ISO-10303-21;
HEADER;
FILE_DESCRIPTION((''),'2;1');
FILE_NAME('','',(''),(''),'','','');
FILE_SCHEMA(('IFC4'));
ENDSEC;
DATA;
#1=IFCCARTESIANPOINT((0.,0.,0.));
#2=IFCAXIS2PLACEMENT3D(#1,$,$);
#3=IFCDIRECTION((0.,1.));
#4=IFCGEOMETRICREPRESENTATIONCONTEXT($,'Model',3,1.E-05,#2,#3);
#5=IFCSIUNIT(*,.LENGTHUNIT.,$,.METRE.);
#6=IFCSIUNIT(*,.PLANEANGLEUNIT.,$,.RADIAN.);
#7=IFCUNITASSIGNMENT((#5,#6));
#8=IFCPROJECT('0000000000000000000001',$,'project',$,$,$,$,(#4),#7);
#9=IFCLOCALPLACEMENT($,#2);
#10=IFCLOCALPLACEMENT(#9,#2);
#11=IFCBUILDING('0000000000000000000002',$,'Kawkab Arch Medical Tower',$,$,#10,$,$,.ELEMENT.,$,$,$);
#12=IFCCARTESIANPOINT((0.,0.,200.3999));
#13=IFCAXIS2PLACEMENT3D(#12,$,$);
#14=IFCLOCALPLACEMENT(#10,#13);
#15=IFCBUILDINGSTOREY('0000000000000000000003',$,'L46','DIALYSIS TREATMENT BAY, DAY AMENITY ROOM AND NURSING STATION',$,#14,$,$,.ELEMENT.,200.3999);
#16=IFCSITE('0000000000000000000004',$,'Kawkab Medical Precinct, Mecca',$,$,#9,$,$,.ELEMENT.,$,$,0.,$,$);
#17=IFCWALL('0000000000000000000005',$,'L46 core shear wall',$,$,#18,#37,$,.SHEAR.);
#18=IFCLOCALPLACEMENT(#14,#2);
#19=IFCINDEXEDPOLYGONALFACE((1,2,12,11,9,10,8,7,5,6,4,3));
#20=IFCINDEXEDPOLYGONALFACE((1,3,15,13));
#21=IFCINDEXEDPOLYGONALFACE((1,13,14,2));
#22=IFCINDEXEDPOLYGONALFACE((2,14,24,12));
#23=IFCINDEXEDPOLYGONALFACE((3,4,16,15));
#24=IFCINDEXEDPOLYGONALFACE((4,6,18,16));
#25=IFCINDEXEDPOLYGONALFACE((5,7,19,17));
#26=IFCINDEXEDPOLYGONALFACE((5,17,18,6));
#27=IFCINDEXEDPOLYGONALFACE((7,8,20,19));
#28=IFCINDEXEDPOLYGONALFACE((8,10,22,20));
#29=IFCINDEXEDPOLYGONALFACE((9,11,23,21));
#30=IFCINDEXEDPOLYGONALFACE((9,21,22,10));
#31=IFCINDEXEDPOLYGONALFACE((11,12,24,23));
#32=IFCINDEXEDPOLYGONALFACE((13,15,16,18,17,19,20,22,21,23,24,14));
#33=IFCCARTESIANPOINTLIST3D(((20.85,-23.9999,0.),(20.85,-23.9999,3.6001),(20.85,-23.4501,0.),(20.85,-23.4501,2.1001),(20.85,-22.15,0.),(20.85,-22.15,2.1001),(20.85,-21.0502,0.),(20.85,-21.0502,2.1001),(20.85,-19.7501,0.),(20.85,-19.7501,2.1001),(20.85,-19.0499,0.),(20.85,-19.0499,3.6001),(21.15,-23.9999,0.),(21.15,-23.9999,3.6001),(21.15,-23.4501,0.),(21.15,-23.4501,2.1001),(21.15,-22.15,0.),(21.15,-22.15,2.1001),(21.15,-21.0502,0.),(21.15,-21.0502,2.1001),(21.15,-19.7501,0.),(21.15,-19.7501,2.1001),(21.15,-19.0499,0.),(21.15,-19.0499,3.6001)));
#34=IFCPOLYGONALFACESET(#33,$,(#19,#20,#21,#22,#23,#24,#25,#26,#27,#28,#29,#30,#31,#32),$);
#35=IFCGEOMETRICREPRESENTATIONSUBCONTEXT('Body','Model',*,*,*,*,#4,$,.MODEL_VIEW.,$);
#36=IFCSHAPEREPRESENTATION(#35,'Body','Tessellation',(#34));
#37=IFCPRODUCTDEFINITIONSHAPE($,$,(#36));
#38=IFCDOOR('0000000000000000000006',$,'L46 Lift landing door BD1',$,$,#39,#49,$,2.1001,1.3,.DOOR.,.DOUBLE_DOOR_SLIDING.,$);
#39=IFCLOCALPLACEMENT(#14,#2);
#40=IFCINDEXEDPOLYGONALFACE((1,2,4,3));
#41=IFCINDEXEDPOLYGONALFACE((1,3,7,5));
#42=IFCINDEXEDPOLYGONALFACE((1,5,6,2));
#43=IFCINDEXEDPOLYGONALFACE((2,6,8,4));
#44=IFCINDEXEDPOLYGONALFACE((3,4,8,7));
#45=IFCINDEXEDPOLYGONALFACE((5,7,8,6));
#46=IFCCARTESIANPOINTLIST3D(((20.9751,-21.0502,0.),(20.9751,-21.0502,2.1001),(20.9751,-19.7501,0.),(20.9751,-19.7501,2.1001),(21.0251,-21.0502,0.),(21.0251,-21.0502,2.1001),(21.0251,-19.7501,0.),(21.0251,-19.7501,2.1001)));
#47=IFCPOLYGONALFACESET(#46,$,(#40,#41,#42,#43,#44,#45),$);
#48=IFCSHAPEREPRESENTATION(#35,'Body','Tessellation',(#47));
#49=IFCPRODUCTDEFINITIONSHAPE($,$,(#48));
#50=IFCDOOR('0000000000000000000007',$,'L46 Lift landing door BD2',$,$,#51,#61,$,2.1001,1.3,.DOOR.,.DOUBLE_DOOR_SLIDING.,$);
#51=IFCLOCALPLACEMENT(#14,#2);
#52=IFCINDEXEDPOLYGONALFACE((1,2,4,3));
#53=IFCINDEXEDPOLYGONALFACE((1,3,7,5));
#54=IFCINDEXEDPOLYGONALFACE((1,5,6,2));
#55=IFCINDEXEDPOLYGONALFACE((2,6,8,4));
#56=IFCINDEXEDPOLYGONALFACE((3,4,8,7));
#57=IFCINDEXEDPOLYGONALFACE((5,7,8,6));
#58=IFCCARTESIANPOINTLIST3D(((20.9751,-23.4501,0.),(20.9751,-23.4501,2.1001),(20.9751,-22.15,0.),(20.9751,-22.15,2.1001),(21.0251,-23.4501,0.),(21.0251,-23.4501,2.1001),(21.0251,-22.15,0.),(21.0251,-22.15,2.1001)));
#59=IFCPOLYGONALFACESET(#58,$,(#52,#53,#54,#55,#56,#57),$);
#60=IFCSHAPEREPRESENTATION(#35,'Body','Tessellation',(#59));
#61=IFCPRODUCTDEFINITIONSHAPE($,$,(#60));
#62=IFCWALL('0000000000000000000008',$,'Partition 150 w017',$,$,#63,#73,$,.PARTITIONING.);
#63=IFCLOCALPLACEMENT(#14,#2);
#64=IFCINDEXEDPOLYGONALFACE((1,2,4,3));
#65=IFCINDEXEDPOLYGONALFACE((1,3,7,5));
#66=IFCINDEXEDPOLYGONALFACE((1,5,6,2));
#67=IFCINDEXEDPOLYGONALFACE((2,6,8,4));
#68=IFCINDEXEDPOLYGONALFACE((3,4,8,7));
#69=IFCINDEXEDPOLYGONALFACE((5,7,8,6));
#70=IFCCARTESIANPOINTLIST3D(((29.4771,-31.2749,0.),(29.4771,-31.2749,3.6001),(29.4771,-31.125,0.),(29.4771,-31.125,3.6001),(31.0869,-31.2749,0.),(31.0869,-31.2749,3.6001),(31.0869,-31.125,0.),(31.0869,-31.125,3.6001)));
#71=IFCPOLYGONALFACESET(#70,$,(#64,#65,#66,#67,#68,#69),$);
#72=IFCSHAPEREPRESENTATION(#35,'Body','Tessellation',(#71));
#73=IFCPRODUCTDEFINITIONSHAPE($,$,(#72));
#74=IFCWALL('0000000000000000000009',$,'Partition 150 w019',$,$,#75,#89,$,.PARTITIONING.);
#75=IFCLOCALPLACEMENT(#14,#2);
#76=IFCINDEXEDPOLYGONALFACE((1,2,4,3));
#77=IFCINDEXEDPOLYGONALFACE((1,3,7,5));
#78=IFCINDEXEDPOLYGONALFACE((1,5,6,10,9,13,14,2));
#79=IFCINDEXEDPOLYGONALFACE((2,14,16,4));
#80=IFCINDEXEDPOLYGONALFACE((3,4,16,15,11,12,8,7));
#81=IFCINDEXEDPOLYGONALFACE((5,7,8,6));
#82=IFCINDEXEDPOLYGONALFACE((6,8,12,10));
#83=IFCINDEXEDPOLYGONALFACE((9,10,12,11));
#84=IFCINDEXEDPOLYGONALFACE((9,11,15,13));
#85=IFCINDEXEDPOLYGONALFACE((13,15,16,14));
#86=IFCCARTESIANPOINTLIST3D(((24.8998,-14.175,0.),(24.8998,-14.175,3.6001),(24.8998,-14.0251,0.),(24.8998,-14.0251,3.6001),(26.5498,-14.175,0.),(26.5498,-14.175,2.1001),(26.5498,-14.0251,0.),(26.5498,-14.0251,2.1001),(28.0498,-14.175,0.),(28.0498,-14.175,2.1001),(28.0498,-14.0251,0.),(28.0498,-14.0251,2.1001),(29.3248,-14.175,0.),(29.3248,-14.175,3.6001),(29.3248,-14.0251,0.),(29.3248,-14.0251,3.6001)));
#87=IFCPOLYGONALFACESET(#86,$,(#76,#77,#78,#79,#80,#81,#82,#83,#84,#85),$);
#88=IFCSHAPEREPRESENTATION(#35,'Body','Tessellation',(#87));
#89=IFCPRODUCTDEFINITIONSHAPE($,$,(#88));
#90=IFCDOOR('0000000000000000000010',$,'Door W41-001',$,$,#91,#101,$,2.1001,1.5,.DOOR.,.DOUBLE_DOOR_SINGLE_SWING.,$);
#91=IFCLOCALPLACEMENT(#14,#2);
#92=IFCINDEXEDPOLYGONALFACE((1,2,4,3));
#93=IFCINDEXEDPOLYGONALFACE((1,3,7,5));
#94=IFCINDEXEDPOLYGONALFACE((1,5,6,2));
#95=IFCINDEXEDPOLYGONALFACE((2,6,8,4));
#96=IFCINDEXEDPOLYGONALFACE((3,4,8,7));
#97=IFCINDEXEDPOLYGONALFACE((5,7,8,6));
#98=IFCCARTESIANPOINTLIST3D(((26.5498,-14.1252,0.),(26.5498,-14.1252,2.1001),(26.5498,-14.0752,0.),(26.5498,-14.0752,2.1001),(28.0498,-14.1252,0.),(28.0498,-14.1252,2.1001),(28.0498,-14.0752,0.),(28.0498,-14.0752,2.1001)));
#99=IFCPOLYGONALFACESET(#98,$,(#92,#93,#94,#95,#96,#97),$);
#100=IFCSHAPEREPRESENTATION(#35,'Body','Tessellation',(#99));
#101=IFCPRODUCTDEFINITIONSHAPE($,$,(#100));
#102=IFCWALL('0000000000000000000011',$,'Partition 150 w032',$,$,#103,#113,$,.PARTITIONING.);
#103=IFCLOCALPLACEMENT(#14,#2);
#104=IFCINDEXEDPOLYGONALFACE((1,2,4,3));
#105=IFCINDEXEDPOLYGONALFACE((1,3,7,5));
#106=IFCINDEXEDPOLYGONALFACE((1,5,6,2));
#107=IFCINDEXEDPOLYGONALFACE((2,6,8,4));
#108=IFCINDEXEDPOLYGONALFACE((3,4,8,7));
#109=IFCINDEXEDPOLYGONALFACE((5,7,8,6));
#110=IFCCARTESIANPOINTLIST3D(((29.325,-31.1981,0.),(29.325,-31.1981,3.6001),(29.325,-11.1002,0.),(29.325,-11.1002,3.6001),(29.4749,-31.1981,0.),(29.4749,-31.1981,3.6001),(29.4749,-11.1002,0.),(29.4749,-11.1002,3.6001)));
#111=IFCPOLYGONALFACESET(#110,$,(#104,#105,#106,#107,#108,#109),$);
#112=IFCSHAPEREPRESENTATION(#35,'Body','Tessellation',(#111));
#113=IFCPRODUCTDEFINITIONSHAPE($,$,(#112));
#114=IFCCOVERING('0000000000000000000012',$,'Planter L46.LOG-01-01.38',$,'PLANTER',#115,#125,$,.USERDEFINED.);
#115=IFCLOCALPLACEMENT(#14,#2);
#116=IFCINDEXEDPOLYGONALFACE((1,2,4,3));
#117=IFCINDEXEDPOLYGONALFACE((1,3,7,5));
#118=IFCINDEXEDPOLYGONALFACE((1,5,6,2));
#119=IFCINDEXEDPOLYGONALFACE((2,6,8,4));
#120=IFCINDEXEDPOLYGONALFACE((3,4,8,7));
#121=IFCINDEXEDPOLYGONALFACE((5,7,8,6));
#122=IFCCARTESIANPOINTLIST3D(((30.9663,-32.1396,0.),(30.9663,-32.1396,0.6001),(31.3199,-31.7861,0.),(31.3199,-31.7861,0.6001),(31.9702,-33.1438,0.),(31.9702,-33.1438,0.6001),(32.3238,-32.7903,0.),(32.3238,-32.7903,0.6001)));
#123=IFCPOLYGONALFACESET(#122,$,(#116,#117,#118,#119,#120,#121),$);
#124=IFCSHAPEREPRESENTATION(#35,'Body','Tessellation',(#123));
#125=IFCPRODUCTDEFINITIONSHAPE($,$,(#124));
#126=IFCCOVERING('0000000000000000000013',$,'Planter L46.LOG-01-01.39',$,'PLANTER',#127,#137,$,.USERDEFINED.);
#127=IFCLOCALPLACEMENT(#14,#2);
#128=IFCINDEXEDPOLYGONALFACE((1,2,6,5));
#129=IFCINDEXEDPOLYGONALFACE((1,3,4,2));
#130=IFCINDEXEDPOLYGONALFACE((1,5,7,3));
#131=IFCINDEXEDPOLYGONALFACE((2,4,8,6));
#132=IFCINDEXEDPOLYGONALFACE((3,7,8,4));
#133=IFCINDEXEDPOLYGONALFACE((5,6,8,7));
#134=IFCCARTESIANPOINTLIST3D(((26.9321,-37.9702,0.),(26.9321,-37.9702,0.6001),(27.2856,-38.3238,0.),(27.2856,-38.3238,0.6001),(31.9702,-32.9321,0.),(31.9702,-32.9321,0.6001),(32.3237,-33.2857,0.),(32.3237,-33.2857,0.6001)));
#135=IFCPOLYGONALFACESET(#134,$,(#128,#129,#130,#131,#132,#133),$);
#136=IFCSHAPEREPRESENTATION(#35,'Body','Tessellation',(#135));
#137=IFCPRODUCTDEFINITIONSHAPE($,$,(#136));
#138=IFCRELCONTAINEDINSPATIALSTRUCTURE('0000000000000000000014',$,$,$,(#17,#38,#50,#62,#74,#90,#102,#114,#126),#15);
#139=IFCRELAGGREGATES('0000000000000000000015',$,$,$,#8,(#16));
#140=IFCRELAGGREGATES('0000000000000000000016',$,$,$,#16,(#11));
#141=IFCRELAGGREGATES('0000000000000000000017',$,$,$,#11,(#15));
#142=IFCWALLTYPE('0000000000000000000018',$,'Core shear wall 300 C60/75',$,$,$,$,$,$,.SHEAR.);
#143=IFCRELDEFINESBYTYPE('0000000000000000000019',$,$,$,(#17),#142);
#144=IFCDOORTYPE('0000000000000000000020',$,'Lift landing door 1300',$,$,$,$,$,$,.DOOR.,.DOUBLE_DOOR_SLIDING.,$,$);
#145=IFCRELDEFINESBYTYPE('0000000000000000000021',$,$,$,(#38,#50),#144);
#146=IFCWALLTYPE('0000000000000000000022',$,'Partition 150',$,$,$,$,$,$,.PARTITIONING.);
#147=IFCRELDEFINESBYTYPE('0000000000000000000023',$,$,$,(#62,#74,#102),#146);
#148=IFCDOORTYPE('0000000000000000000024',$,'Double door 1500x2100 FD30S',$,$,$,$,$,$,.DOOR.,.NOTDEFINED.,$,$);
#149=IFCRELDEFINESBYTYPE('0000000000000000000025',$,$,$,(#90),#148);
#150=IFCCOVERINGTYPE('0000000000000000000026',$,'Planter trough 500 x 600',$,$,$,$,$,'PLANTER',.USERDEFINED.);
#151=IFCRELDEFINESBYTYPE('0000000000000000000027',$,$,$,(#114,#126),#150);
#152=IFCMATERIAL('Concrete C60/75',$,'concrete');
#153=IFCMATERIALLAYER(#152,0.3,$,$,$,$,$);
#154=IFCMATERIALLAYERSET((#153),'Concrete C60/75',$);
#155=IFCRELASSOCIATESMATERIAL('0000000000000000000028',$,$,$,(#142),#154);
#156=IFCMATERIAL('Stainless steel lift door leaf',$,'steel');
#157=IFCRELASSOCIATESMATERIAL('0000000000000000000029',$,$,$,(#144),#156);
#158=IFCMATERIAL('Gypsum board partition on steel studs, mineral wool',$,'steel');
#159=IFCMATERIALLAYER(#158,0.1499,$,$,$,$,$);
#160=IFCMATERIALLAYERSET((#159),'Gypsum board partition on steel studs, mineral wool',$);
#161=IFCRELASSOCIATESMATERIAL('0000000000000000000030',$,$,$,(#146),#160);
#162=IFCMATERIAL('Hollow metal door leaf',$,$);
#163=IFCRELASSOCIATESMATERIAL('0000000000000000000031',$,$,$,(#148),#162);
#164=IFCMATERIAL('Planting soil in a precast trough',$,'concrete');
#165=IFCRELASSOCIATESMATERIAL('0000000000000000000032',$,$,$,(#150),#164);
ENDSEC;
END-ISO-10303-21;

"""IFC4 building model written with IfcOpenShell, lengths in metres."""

from ifc_helpers import new_model, si_unit, direction, frame, frame_2d, origin, origin_2d, place, context, subcontext, project, spatial, rectangle, extrude, material, layer, layer_set, material_profile, profile_set, type_object, element, fill, save


model = new_model("IFC4")

# Units and contexts
model_context = context("Model", 3, precision=1e-05, world=origin(), true_north=direction((0.0, 1.0)))
body_context = subcontext(model_context, "Body", "Model", "MODEL_VIEW")
ifc_project = project(units=[si_unit("LENGTHUNIT", "METRE"), si_unit("PLANEANGLEUNIT", "RADIAN")], contexts=[model_context])

# Site, building, storey
site_placement = place(None, origin())
site = spatial("IfcSite", under=ifc_project, at=site_placement, Name="Kawkab Medical Precinct, Mecca", CompositionType="ELEMENT", RefElevation=0.0)
building_placement = place(site_placement, origin())
building = spatial("IfcBuilding", under=site, at=building_placement, Name="Kawkab Arch Medical Tower", CompositionType="ELEMENT")
storey_placement = place(building_placement, frame((0.0, 0.0, 200.3999)))
storey = spatial("IfcBuildingStorey", under=building, at=storey_placement, Name="L46", Description="DIALYSIS TREATMENT BAY, DAY AMENITY ROOM AND NURSING STATION", CompositionType="ELEMENT", Elevation=200.3999)

# Shared definitions
ifc_material_1 = material(Name="Concrete C60/75", Category="concrete")
ifc_layer_1 = layer(ifc_material_1, 0.3)
ifc_layer_set_1 = layer_set([ifc_layer_1], Name="Concrete C60/75")
wall_type_1 = type_object("IfcWallType", Name="Core shear wall 300 C60/75", PredefinedType="SHEAR", material=ifc_layer_set_1)

# Wall, openings, doors
wall_1_placement = place(storey_placement, frame((21.0, -24.0, 0.0), z_axis=(0.0, 0.0, 1.0), x_axis=(0.0, 1.0, 0.0)))
wall_1 = element("IfcWall", 1, at=wall_1_placement, inside=storey, type_object=wall_type_1, Name="L46 core shear wall", PredefinedType="SHEAR", context=body_context, shape_type="SweptSolid", body=[
    extrude(rectangle(XDim=4.95, YDim=0.3, at=frame_2d((2.4751, 0.0))), origin(), (0.0, 0.0, 1.0), 3.6001),
])
opening_1_placement = place(wall_1_placement, frame((2.95, 0.0, 0.0)))
opening_1 = element("IfcOpeningElement", 2, at=opening_1_placement, cuts=wall_1, PredefinedType="OPENING", context=body_context, shape_type="SweptSolid", body=[
    extrude(rectangle(XDim=1.3, YDim=2.1001, at=frame_2d((0.6499, 1.05))), frame((0.0, 0.1599, 0.0), z_axis=(0.0, -1.0, 0.0), x_axis=(1.0, 0.0, 0.0)), (0.0, 0.0, 1.0), 0.3201),
])
opening_2_placement = place(wall_1_placement, frame((0.55, 0.0, 0.0)))
opening_2 = element("IfcOpeningElement", 3, at=opening_2_placement, cuts=wall_1, PredefinedType="OPENING", context=body_context, shape_type="SweptSolid", body=[
    extrude(rectangle(XDim=1.3, YDim=2.1001, at=frame_2d((0.6499, 1.05))), frame((0.0, 0.1599, 0.0), z_axis=(0.0, -1.0, 0.0), x_axis=(1.0, 0.0, 0.0)), (0.0, 0.0, 1.0), 0.3201),
])
ifc_material_2 = material(Name="Stainless steel lift door leaf", Category="steel")
door_type_1 = type_object("IfcDoorType", Name="Lift landing door 1300", OperationType="DOUBLE_DOOR_SLIDING", PredefinedType="DOOR", material=ifc_material_2)
door_1_placement = place(opening_1_placement, origin())
door_1 = element("IfcDoor", 4, at=door_1_placement, inside=storey, type_object=door_type_1, Name="L46 Lift landing door BD1", OperationType="DOUBLE_DOOR_SLIDING", OverallHeight=2.1001, OverallWidth=1.3, PredefinedType="DOOR", context=body_context, shape_type="SweptSolid", body=[
    extrude(rectangle(XDim=1.3, YDim=2.1001, at=frame_2d((0.6499, 1.05))), frame((0.0, 0.0249, 0.0), z_axis=(0.0, -1.0, 0.0), x_axis=(1.0, 0.0, 0.0)), (0.0, 0.0, 1.0), 0.05),
])
fill(opening_1, door_1)
door_2_placement = place(opening_2_placement, origin())
door_2 = element("IfcDoor", 5, at=door_2_placement, inside=storey, type_object=door_type_1, Name="L46 Lift landing door BD2", OperationType="DOUBLE_DOOR_SLIDING", OverallHeight=2.1001, OverallWidth=1.3, PredefinedType="DOOR", context=body_context, shape_type="SweptSolid", body=[
    extrude(rectangle(XDim=1.3, YDim=2.1001, at=frame_2d((0.6499, 1.05))), frame((0.0, 0.0249, 0.0), z_axis=(0.0, -1.0, 0.0), x_axis=(1.0, 0.0, 0.0)), (0.0, 0.0, 1.0), 0.05),
])
fill(opening_2, door_2)

# Wall
ifc_material_3 = material(Name="Gypsum board partition on steel studs, mineral wool", Category="steel")
ifc_layer_2 = layer(ifc_material_3, 0.1499)
ifc_layer_set_2 = layer_set([ifc_layer_2], Name="Gypsum board partition on steel studs, mineral wool")
wall_type_2 = type_object("IfcWallType", Name="Partition 150", PredefinedType="PARTITIONING", material=ifc_layer_set_2)
wall_2_placement = place(storey_placement, frame((29.4771, -31.2, 0.0), z_axis=(0.0, 0.0, 1.0), x_axis=(1.0, 0.0, 0.0)))
element("IfcWall", 6, at=wall_2_placement, inside=storey, type_object=wall_type_2, Name="Partition 150 w017", PredefinedType="PARTITIONING", context=body_context, shape_type="SweptSolid", body=[
    extrude(rectangle(XDim=1.6099, YDim=0.1499, at=frame_2d((0.8049, 0.0))), origin(), (0.0, 0.0, 1.0), 3.6001),
])

# Wall, opening, door
wall_3_placement = place(storey_placement, frame((24.8999, -14.1001, 0.0), z_axis=(0.0, 0.0, 1.0), x_axis=(1.0, 0.0, 0.0)))
wall_3 = element("IfcWall", 7, at=wall_3_placement, inside=storey, type_object=wall_type_2, Name="Partition 150 w019", PredefinedType="PARTITIONING", context=body_context, shape_type="SweptSolid", body=[
    extrude(rectangle(XDim=4.425, YDim=0.1499, at=frame_2d((2.2124, 0.0))), origin(), (0.0, 0.0, 1.0), 3.6001),
])
opening_3_placement = place(wall_3_placement, frame((1.6499, 0.0, 0.0)))
opening_3 = element("IfcOpeningElement", 8, at=opening_3_placement, cuts=wall_3, PredefinedType="OPENING", context=body_context, shape_type="SweptSolid", body=[
    extrude(rectangle(XDim=1.5, YDim=2.1001, at=frame_2d((0.75, 1.05))), frame((0.0, 0.085, 0.0), z_axis=(0.0, -1.0, 0.0), x_axis=(1.0, 0.0, 0.0)), (0.0, 0.0, 1.0), 0.1699),
])
ifc_material_4 = material(Name="Hollow metal door leaf")
door_type_2 = type_object("IfcDoorType", Name="Double door 1500x2100 FD30S", OperationType="NOTDEFINED", PredefinedType="DOOR", material=ifc_material_4)
door_3_placement = place(opening_3_placement, origin())
door_3 = element("IfcDoor", 9, at=door_3_placement, inside=storey, type_object=door_type_2, Name="Door W41-001", OperationType="DOUBLE_DOOR_SINGLE_SWING", OverallHeight=2.1001, OverallWidth=1.5, PredefinedType="DOOR", context=body_context, shape_type="SweptSolid", body=[
    extrude(rectangle(XDim=1.5, YDim=2.1001, at=frame_2d((0.75, 1.05))), frame((0.0, 0.0249, 0.0), z_axis=(0.0, -1.0, 0.0), x_axis=(1.0, 0.0, 0.0)), (0.0, 0.0, 1.0), 0.05),
])
fill(opening_3, door_3)

# Wall
wall_4_placement = place(storey_placement, frame((29.3999, -31.198, 0.0), z_axis=(0.0, 0.0, 1.0), x_axis=(0.0, 1.0, 0.0)))
element("IfcWall", 10, at=wall_4_placement, inside=storey, type_object=wall_type_2, Name="Partition 150 w032", PredefinedType="PARTITIONING", context=body_context, shape_type="SweptSolid", body=[
    extrude(rectangle(XDim=20.0979, YDim=0.1499, at=frame_2d((10.0488, 0.0))), origin(), (0.0, 0.0, 1.0), 3.6001),
])

# Coverings
ifc_material_5 = material(Name="Planting soil in a precast trough", Category="concrete")
ifc_material_profile_1 = material_profile(ifc_material_5, rectangle(XDim=0.5, YDim=0.6001, at=origin_2d()), Name="Trough 500x600")
ifc_profile_set_1 = profile_set([ifc_material_profile_1], Name="Planting soil in a precast trough")
covering_type = type_object("IfcCoveringType", Name="Planter trough 500 x 600", ElementType="PLANTER", PredefinedType="USERDEFINED", material=ifc_profile_set_1)
covering_1_placement = place(storey_placement, frame((31.1431, -31.9629, 0.3), z_axis=(0.707021, -0.707193, 0.0), x_axis=(0.707193, 0.707021, 0.0)))
element("IfcCovering", 11, at=covering_1_placement, inside=storey, type_object=covering_type, Name="Planter L46.LOG-01-01.38", ObjectType="PLANTER", PredefinedType="USERDEFINED", context=body_context, shape_type="SweptSolid", body=[
    extrude(rectangle(XDim=0.5, YDim=0.6001, at=origin_2d()), origin(), (0.0, 0.0, 1.0), 1.4199),
])
covering_2_placement = place(storey_placement, frame((32.147, -33.1089, 0.3), z_axis=(-0.707107, -0.707107, 0.0), x_axis=(0.707107, -0.707107, 0.0)))
element("IfcCovering", 12, at=covering_2_placement, inside=storey, type_object=covering_type, Name="Planter L46.LOG-01-01.39", ObjectType="PLANTER", PredefinedType="USERDEFINED", context=body_context, shape_type="SweptSolid", body=[
    extrude(rectangle(XDim=0.5, YDim=0.6001, at=origin_2d()), origin(), (0.0, 0.0, 1.0), 7.125),
])

save(model, "model.ifc")
